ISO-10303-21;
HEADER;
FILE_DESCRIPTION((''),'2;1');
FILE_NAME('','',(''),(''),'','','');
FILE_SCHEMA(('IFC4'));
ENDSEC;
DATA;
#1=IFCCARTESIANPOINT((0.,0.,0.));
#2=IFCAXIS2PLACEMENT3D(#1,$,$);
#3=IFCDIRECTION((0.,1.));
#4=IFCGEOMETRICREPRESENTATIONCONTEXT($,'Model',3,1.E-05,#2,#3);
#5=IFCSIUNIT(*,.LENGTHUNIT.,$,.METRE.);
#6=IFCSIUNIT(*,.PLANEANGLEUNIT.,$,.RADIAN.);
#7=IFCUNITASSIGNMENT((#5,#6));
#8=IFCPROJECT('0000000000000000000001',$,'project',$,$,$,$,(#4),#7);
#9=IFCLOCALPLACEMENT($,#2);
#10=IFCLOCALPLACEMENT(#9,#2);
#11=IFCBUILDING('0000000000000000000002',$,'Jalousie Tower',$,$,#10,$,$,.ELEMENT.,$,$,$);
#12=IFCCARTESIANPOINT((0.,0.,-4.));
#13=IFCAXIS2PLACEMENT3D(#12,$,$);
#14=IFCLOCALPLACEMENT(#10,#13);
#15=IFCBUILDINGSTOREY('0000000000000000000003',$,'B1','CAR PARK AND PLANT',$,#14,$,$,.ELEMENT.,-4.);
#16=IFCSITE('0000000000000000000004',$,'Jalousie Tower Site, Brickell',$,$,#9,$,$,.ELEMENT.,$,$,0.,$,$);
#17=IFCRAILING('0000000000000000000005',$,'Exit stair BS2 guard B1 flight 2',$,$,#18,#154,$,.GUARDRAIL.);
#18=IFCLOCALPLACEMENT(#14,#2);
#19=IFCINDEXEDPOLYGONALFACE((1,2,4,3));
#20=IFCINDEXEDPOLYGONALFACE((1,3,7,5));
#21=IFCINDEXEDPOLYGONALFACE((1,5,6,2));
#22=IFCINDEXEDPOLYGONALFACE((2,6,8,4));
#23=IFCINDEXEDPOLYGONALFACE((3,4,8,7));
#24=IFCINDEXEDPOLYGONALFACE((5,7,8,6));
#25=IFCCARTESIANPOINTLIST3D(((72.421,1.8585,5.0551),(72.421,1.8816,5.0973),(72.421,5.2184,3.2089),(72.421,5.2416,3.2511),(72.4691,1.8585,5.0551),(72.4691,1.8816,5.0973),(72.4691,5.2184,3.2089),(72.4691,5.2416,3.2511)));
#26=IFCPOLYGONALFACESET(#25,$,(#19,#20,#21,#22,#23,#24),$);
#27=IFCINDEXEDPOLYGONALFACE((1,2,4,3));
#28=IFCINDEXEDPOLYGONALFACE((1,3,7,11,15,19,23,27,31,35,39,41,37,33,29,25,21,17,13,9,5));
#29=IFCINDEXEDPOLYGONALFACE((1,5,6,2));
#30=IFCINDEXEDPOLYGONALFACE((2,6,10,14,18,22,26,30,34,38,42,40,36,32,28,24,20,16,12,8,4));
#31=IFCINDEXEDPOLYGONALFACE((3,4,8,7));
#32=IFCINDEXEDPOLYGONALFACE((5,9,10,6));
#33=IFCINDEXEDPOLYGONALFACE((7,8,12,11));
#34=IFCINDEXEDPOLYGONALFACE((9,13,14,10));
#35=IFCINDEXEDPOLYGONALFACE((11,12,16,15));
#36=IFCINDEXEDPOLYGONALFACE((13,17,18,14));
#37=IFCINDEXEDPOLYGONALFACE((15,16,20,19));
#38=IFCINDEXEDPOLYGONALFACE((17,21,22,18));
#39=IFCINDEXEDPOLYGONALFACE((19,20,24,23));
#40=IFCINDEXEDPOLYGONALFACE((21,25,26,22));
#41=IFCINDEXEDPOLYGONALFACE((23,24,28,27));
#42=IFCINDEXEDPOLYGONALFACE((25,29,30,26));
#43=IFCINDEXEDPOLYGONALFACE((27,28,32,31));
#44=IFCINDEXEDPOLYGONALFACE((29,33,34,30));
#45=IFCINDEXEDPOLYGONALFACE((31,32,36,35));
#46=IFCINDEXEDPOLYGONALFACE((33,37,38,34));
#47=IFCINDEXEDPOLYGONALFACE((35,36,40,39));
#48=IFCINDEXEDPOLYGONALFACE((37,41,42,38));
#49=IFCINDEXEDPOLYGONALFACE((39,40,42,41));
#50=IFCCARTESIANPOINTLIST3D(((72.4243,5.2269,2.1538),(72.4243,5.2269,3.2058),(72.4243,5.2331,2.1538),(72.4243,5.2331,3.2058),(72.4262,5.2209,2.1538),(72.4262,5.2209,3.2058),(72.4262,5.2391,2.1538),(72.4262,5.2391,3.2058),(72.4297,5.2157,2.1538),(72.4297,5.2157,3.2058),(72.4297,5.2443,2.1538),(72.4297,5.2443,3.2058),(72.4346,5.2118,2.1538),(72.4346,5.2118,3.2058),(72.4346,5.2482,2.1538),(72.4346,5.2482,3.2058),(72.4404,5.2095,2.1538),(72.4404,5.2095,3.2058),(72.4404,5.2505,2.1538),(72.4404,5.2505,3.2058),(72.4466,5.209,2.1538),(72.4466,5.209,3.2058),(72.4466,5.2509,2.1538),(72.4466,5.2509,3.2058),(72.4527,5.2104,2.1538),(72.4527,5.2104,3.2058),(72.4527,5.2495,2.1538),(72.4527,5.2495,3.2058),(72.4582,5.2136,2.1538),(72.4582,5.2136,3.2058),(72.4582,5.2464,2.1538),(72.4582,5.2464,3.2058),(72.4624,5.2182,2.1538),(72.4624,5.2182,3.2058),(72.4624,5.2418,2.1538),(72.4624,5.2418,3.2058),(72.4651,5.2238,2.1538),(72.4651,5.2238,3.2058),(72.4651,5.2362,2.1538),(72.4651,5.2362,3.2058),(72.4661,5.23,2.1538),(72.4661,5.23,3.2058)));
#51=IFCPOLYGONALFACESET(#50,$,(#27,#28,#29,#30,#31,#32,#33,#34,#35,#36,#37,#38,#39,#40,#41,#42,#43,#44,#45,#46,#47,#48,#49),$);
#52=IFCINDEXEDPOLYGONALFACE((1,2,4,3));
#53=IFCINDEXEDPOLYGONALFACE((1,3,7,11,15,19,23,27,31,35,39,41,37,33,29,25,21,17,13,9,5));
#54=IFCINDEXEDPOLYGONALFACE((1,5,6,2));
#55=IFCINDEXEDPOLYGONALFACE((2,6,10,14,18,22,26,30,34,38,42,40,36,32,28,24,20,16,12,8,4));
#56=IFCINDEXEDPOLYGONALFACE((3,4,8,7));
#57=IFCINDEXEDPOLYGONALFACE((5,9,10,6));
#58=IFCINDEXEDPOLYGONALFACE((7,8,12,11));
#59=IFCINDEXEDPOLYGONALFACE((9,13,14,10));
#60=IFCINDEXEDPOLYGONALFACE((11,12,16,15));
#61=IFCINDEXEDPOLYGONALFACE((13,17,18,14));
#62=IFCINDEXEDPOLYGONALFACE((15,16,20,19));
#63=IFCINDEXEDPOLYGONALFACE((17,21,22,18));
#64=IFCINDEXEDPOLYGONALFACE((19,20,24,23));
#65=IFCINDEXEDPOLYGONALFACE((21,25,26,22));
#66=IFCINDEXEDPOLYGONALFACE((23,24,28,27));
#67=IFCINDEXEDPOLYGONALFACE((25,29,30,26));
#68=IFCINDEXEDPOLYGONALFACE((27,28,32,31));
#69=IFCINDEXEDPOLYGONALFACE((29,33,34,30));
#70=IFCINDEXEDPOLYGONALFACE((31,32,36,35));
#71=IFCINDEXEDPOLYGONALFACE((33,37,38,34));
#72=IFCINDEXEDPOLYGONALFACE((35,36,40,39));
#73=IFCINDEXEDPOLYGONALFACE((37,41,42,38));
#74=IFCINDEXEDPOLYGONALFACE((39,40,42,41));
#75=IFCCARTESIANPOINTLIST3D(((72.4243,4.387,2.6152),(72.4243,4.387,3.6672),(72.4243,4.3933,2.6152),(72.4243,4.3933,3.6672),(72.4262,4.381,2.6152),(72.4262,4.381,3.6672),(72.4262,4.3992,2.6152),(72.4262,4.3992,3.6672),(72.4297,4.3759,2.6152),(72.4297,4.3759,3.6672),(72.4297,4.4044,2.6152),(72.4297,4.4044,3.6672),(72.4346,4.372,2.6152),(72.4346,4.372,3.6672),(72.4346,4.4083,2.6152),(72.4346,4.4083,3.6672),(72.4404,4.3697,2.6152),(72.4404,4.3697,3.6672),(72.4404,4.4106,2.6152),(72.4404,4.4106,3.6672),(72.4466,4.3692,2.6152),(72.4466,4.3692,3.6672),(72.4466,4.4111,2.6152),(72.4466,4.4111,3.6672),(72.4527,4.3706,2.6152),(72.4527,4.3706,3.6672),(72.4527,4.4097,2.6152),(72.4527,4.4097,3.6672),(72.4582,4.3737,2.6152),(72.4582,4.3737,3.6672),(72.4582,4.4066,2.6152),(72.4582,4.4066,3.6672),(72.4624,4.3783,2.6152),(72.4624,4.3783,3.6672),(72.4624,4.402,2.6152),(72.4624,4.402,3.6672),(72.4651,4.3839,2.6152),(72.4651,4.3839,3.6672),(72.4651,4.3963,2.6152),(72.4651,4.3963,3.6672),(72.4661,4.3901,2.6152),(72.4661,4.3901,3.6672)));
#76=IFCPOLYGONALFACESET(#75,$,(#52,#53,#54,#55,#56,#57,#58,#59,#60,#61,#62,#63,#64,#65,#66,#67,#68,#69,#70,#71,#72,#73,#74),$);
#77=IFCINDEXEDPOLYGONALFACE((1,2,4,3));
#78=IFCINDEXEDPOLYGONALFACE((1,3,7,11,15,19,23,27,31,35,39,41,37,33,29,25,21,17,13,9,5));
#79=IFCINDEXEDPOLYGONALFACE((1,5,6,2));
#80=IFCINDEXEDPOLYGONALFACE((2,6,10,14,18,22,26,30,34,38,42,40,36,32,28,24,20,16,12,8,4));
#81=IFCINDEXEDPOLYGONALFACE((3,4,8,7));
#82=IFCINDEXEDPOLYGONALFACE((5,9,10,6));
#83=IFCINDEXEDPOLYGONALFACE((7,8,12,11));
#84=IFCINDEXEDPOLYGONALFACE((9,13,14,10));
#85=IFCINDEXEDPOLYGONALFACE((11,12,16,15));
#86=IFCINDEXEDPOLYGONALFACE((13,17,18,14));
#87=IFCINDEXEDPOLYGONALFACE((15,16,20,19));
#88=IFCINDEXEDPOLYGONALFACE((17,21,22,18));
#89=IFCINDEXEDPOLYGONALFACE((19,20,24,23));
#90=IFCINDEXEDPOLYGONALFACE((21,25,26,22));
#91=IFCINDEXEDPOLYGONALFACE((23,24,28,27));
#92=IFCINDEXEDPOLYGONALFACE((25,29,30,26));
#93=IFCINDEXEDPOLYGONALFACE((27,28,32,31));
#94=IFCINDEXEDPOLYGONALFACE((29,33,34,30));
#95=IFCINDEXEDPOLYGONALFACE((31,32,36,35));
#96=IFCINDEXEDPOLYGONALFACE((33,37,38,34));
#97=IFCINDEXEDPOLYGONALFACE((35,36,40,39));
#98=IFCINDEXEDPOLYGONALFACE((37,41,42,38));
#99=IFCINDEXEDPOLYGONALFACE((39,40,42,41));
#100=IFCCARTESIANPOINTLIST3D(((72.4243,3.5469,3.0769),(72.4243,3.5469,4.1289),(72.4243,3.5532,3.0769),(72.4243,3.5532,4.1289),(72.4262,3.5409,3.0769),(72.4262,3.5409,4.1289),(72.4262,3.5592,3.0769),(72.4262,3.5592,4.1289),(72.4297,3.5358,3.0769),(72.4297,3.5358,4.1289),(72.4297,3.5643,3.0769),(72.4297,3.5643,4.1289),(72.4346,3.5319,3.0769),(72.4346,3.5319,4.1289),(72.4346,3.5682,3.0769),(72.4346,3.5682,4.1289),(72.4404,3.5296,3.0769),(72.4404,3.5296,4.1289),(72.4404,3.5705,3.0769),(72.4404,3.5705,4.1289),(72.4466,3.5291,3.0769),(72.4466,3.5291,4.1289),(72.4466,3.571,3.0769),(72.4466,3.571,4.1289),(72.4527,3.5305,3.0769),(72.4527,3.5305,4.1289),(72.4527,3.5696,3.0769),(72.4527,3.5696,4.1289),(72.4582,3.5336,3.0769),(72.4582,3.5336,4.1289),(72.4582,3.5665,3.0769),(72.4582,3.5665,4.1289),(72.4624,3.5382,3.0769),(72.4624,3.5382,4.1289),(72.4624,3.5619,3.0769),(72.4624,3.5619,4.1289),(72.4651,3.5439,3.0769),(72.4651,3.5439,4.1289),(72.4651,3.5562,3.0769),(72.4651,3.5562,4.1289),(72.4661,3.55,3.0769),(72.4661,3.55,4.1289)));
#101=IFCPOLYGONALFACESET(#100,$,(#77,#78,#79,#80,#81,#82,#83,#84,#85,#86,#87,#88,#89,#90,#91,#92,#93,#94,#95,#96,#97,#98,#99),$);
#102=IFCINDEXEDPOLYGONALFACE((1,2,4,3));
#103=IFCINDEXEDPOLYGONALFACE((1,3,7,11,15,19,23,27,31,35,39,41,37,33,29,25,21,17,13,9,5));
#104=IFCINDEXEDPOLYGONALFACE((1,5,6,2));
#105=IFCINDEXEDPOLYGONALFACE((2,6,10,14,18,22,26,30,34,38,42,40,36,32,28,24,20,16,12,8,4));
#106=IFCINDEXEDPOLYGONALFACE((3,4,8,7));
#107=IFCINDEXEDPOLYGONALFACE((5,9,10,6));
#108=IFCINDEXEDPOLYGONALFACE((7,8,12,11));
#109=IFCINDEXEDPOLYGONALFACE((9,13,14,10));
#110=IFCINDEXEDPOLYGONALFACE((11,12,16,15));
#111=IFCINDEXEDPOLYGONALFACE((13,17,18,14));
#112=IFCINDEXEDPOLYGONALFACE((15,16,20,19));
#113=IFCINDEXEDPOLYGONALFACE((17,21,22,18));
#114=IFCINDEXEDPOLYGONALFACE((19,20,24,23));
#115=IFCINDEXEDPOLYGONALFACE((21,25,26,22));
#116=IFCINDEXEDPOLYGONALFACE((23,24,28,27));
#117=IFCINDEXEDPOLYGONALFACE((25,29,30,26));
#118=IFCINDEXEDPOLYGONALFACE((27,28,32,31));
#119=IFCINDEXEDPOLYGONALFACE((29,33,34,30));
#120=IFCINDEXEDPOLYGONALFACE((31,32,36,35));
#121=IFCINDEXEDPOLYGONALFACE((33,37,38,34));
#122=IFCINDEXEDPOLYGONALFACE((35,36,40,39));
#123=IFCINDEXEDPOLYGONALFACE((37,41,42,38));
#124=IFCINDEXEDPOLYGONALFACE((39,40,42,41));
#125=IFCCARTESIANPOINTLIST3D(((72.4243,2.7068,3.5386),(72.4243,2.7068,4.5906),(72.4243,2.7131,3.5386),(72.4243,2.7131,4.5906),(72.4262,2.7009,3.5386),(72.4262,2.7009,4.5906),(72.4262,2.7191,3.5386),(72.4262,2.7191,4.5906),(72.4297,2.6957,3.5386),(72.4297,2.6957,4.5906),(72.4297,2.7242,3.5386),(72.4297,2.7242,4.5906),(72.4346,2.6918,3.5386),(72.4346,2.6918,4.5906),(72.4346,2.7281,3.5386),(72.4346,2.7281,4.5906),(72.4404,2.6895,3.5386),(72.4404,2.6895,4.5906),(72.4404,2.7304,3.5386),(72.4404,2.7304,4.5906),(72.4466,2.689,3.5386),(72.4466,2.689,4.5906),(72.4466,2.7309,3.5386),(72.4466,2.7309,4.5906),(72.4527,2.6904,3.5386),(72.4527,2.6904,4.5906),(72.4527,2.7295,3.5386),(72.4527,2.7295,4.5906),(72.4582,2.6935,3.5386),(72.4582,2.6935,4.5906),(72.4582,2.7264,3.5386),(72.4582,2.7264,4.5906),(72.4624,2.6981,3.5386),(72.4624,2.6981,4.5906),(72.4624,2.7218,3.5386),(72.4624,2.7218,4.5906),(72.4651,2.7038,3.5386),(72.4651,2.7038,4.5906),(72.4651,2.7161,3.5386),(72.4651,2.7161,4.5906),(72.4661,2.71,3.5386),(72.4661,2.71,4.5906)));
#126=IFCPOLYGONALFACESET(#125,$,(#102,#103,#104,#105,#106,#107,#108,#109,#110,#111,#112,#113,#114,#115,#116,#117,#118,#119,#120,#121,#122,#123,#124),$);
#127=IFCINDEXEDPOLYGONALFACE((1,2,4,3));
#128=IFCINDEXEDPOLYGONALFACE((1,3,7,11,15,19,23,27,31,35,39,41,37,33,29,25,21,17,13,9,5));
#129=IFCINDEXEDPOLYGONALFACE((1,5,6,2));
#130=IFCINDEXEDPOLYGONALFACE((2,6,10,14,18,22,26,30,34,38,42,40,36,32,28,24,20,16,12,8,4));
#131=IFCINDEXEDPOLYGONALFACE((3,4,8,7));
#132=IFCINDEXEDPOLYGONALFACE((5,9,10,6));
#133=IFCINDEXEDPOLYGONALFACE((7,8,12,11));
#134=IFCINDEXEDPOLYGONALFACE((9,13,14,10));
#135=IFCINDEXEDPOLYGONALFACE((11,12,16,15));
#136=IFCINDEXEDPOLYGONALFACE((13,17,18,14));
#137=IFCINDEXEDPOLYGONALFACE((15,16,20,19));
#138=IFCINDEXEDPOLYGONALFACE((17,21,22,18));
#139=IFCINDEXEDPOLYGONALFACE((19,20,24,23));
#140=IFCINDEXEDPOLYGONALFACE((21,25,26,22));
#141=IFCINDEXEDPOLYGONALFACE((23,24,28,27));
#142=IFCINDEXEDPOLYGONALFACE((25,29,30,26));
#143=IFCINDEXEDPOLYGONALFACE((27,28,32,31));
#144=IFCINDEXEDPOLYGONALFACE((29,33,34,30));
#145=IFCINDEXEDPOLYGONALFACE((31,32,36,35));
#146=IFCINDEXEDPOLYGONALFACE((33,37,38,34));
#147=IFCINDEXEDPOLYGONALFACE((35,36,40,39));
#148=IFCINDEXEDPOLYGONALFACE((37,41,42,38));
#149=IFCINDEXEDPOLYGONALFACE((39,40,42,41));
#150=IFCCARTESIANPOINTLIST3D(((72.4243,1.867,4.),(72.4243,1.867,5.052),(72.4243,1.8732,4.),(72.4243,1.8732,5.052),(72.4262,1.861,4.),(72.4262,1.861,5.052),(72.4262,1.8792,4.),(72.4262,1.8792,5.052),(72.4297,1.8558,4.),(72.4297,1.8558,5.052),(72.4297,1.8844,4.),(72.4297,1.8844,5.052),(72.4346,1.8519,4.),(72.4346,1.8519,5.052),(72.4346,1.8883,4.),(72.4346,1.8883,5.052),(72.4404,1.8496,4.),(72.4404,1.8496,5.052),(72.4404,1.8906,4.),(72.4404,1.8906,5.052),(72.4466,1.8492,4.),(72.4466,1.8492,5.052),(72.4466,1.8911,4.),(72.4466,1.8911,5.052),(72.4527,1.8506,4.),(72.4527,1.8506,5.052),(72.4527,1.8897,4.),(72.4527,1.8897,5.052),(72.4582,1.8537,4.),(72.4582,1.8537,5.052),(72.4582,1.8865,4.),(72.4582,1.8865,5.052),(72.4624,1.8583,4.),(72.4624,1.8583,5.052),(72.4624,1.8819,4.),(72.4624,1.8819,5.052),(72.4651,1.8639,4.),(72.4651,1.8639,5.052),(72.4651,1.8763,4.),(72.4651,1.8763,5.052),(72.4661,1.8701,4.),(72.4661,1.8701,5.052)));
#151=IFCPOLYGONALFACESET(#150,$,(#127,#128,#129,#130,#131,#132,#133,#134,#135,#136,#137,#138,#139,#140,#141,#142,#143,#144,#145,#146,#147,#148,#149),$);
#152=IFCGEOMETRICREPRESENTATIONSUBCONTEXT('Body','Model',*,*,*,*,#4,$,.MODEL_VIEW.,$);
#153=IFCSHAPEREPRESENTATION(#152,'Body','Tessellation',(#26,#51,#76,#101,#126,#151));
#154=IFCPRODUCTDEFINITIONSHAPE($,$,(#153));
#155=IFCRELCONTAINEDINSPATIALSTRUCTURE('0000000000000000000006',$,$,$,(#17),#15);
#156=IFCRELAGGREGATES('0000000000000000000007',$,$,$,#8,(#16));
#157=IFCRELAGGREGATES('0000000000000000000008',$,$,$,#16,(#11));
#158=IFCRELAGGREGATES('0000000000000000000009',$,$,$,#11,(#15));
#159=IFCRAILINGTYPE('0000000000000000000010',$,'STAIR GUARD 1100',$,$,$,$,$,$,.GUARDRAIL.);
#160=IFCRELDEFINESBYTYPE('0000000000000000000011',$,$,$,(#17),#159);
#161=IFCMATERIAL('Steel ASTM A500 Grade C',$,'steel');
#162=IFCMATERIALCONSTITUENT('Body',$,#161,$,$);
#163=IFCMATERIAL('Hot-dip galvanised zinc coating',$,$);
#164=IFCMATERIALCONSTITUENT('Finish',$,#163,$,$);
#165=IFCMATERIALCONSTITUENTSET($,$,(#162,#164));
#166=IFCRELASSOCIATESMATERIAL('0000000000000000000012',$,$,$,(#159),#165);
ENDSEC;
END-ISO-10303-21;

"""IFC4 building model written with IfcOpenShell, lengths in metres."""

from ifc_helpers import new_model, si_unit, direction, frame, origin, origin_2d, place, context, subcontext, project, spatial, rectangle, circle, extrude, material, constituent, constituent_set, type_object, element, save


model = new_model("IFC4")

# Units and contexts
model_context = context("Model", 3, precision=1e-05, world=origin(), true_north=direction((0.0, 1.0)))
body_context = subcontext(model_context, "Body", "Model", "MODEL_VIEW")
ifc_project = project(units=[si_unit("LENGTHUNIT", "METRE"), si_unit("PLANEANGLEUNIT", "RADIAN")], contexts=[model_context])

# Site, building, storey
site_placement = place(None, origin())
site = spatial("IfcSite", under=ifc_project, at=site_placement, Name="Jalousie Tower Site, Brickell", CompositionType="ELEMENT", RefElevation=0.0)
building_placement = place(site_placement, origin())
building = spatial("IfcBuilding", under=site, at=building_placement, Name="Jalousie Tower", CompositionType="ELEMENT")
storey_placement = place(building_placement, frame((0.0, 0.0, -4.0)))
storey = spatial("IfcBuildingStorey", under=building, at=storey_placement, Name="B1", Description="CAR PARK AND PLANT", CompositionType="ELEMENT", Elevation=-4.0)

# Railing
ifc_material_1 = material(Name="Steel ASTM A500 Grade C", Category="steel")
ifc_constituent_1 = constituent(ifc_material_1, Name="Body")
ifc_material_2 = material(Name="Hot-dip galvanised zinc coating")
ifc_constituent_2 = constituent(ifc_material_2, Name="Finish")
ifc_constituent_set_1 = constituent_set(constituents=[ifc_constituent_1, ifc_constituent_2])
railing_type_1 = type_object("IfcRailingType", Name="STAIR GUARD 1100", PredefinedType="GUARDRAIL", material=ifc_constituent_set_1)
railing_1_placement = place(storey_placement, frame((72.4451, 5.23, 2.1538)))
element("IfcRailing", 1, at=railing_1_placement, inside=storey, type_object=railing_type_1, Name="Exit stair BS2 guard B1 flight 2", PredefinedType="GUARDRAIL", context=body_context, shape_type="SweptSolid", body=[
    extrude(rectangle(XDim=0.0481, YDim=0.0481, at=origin_2d()), frame((0.0, 0.0, 1.0762), z_axis=(0.0, -0.876407, 0.481572), x_axis=(1.0, 0.0, 0.0)), (0.0, 0.0, 1.0), 3.8337),
    extrude(circle(Radius=0.021, at=origin_2d()), origin(), (0.0, 0.0, 1.0), 1.052),
    extrude(circle(Radius=0.021, at=origin_2d()), frame((0.0, -0.8398, 0.4614)), (0.0, 0.0, 1.0), 1.052),
    extrude(circle(Radius=0.021, at=origin_2d()), frame((0.0, -1.6799, 0.9231)), (0.0, 0.0, 1.0), 1.052),
    extrude(circle(Radius=0.021, at=origin_2d()), frame((0.0, -2.52, 1.3848)), (0.0, 0.0, 1.0), 1.052),
    extrude(circle(Radius=0.021, at=origin_2d()), frame((0.0, -3.3599, 1.8462)), (0.0, 0.0, 1.0), 1.052),
])

save(model, "model.ifc")
